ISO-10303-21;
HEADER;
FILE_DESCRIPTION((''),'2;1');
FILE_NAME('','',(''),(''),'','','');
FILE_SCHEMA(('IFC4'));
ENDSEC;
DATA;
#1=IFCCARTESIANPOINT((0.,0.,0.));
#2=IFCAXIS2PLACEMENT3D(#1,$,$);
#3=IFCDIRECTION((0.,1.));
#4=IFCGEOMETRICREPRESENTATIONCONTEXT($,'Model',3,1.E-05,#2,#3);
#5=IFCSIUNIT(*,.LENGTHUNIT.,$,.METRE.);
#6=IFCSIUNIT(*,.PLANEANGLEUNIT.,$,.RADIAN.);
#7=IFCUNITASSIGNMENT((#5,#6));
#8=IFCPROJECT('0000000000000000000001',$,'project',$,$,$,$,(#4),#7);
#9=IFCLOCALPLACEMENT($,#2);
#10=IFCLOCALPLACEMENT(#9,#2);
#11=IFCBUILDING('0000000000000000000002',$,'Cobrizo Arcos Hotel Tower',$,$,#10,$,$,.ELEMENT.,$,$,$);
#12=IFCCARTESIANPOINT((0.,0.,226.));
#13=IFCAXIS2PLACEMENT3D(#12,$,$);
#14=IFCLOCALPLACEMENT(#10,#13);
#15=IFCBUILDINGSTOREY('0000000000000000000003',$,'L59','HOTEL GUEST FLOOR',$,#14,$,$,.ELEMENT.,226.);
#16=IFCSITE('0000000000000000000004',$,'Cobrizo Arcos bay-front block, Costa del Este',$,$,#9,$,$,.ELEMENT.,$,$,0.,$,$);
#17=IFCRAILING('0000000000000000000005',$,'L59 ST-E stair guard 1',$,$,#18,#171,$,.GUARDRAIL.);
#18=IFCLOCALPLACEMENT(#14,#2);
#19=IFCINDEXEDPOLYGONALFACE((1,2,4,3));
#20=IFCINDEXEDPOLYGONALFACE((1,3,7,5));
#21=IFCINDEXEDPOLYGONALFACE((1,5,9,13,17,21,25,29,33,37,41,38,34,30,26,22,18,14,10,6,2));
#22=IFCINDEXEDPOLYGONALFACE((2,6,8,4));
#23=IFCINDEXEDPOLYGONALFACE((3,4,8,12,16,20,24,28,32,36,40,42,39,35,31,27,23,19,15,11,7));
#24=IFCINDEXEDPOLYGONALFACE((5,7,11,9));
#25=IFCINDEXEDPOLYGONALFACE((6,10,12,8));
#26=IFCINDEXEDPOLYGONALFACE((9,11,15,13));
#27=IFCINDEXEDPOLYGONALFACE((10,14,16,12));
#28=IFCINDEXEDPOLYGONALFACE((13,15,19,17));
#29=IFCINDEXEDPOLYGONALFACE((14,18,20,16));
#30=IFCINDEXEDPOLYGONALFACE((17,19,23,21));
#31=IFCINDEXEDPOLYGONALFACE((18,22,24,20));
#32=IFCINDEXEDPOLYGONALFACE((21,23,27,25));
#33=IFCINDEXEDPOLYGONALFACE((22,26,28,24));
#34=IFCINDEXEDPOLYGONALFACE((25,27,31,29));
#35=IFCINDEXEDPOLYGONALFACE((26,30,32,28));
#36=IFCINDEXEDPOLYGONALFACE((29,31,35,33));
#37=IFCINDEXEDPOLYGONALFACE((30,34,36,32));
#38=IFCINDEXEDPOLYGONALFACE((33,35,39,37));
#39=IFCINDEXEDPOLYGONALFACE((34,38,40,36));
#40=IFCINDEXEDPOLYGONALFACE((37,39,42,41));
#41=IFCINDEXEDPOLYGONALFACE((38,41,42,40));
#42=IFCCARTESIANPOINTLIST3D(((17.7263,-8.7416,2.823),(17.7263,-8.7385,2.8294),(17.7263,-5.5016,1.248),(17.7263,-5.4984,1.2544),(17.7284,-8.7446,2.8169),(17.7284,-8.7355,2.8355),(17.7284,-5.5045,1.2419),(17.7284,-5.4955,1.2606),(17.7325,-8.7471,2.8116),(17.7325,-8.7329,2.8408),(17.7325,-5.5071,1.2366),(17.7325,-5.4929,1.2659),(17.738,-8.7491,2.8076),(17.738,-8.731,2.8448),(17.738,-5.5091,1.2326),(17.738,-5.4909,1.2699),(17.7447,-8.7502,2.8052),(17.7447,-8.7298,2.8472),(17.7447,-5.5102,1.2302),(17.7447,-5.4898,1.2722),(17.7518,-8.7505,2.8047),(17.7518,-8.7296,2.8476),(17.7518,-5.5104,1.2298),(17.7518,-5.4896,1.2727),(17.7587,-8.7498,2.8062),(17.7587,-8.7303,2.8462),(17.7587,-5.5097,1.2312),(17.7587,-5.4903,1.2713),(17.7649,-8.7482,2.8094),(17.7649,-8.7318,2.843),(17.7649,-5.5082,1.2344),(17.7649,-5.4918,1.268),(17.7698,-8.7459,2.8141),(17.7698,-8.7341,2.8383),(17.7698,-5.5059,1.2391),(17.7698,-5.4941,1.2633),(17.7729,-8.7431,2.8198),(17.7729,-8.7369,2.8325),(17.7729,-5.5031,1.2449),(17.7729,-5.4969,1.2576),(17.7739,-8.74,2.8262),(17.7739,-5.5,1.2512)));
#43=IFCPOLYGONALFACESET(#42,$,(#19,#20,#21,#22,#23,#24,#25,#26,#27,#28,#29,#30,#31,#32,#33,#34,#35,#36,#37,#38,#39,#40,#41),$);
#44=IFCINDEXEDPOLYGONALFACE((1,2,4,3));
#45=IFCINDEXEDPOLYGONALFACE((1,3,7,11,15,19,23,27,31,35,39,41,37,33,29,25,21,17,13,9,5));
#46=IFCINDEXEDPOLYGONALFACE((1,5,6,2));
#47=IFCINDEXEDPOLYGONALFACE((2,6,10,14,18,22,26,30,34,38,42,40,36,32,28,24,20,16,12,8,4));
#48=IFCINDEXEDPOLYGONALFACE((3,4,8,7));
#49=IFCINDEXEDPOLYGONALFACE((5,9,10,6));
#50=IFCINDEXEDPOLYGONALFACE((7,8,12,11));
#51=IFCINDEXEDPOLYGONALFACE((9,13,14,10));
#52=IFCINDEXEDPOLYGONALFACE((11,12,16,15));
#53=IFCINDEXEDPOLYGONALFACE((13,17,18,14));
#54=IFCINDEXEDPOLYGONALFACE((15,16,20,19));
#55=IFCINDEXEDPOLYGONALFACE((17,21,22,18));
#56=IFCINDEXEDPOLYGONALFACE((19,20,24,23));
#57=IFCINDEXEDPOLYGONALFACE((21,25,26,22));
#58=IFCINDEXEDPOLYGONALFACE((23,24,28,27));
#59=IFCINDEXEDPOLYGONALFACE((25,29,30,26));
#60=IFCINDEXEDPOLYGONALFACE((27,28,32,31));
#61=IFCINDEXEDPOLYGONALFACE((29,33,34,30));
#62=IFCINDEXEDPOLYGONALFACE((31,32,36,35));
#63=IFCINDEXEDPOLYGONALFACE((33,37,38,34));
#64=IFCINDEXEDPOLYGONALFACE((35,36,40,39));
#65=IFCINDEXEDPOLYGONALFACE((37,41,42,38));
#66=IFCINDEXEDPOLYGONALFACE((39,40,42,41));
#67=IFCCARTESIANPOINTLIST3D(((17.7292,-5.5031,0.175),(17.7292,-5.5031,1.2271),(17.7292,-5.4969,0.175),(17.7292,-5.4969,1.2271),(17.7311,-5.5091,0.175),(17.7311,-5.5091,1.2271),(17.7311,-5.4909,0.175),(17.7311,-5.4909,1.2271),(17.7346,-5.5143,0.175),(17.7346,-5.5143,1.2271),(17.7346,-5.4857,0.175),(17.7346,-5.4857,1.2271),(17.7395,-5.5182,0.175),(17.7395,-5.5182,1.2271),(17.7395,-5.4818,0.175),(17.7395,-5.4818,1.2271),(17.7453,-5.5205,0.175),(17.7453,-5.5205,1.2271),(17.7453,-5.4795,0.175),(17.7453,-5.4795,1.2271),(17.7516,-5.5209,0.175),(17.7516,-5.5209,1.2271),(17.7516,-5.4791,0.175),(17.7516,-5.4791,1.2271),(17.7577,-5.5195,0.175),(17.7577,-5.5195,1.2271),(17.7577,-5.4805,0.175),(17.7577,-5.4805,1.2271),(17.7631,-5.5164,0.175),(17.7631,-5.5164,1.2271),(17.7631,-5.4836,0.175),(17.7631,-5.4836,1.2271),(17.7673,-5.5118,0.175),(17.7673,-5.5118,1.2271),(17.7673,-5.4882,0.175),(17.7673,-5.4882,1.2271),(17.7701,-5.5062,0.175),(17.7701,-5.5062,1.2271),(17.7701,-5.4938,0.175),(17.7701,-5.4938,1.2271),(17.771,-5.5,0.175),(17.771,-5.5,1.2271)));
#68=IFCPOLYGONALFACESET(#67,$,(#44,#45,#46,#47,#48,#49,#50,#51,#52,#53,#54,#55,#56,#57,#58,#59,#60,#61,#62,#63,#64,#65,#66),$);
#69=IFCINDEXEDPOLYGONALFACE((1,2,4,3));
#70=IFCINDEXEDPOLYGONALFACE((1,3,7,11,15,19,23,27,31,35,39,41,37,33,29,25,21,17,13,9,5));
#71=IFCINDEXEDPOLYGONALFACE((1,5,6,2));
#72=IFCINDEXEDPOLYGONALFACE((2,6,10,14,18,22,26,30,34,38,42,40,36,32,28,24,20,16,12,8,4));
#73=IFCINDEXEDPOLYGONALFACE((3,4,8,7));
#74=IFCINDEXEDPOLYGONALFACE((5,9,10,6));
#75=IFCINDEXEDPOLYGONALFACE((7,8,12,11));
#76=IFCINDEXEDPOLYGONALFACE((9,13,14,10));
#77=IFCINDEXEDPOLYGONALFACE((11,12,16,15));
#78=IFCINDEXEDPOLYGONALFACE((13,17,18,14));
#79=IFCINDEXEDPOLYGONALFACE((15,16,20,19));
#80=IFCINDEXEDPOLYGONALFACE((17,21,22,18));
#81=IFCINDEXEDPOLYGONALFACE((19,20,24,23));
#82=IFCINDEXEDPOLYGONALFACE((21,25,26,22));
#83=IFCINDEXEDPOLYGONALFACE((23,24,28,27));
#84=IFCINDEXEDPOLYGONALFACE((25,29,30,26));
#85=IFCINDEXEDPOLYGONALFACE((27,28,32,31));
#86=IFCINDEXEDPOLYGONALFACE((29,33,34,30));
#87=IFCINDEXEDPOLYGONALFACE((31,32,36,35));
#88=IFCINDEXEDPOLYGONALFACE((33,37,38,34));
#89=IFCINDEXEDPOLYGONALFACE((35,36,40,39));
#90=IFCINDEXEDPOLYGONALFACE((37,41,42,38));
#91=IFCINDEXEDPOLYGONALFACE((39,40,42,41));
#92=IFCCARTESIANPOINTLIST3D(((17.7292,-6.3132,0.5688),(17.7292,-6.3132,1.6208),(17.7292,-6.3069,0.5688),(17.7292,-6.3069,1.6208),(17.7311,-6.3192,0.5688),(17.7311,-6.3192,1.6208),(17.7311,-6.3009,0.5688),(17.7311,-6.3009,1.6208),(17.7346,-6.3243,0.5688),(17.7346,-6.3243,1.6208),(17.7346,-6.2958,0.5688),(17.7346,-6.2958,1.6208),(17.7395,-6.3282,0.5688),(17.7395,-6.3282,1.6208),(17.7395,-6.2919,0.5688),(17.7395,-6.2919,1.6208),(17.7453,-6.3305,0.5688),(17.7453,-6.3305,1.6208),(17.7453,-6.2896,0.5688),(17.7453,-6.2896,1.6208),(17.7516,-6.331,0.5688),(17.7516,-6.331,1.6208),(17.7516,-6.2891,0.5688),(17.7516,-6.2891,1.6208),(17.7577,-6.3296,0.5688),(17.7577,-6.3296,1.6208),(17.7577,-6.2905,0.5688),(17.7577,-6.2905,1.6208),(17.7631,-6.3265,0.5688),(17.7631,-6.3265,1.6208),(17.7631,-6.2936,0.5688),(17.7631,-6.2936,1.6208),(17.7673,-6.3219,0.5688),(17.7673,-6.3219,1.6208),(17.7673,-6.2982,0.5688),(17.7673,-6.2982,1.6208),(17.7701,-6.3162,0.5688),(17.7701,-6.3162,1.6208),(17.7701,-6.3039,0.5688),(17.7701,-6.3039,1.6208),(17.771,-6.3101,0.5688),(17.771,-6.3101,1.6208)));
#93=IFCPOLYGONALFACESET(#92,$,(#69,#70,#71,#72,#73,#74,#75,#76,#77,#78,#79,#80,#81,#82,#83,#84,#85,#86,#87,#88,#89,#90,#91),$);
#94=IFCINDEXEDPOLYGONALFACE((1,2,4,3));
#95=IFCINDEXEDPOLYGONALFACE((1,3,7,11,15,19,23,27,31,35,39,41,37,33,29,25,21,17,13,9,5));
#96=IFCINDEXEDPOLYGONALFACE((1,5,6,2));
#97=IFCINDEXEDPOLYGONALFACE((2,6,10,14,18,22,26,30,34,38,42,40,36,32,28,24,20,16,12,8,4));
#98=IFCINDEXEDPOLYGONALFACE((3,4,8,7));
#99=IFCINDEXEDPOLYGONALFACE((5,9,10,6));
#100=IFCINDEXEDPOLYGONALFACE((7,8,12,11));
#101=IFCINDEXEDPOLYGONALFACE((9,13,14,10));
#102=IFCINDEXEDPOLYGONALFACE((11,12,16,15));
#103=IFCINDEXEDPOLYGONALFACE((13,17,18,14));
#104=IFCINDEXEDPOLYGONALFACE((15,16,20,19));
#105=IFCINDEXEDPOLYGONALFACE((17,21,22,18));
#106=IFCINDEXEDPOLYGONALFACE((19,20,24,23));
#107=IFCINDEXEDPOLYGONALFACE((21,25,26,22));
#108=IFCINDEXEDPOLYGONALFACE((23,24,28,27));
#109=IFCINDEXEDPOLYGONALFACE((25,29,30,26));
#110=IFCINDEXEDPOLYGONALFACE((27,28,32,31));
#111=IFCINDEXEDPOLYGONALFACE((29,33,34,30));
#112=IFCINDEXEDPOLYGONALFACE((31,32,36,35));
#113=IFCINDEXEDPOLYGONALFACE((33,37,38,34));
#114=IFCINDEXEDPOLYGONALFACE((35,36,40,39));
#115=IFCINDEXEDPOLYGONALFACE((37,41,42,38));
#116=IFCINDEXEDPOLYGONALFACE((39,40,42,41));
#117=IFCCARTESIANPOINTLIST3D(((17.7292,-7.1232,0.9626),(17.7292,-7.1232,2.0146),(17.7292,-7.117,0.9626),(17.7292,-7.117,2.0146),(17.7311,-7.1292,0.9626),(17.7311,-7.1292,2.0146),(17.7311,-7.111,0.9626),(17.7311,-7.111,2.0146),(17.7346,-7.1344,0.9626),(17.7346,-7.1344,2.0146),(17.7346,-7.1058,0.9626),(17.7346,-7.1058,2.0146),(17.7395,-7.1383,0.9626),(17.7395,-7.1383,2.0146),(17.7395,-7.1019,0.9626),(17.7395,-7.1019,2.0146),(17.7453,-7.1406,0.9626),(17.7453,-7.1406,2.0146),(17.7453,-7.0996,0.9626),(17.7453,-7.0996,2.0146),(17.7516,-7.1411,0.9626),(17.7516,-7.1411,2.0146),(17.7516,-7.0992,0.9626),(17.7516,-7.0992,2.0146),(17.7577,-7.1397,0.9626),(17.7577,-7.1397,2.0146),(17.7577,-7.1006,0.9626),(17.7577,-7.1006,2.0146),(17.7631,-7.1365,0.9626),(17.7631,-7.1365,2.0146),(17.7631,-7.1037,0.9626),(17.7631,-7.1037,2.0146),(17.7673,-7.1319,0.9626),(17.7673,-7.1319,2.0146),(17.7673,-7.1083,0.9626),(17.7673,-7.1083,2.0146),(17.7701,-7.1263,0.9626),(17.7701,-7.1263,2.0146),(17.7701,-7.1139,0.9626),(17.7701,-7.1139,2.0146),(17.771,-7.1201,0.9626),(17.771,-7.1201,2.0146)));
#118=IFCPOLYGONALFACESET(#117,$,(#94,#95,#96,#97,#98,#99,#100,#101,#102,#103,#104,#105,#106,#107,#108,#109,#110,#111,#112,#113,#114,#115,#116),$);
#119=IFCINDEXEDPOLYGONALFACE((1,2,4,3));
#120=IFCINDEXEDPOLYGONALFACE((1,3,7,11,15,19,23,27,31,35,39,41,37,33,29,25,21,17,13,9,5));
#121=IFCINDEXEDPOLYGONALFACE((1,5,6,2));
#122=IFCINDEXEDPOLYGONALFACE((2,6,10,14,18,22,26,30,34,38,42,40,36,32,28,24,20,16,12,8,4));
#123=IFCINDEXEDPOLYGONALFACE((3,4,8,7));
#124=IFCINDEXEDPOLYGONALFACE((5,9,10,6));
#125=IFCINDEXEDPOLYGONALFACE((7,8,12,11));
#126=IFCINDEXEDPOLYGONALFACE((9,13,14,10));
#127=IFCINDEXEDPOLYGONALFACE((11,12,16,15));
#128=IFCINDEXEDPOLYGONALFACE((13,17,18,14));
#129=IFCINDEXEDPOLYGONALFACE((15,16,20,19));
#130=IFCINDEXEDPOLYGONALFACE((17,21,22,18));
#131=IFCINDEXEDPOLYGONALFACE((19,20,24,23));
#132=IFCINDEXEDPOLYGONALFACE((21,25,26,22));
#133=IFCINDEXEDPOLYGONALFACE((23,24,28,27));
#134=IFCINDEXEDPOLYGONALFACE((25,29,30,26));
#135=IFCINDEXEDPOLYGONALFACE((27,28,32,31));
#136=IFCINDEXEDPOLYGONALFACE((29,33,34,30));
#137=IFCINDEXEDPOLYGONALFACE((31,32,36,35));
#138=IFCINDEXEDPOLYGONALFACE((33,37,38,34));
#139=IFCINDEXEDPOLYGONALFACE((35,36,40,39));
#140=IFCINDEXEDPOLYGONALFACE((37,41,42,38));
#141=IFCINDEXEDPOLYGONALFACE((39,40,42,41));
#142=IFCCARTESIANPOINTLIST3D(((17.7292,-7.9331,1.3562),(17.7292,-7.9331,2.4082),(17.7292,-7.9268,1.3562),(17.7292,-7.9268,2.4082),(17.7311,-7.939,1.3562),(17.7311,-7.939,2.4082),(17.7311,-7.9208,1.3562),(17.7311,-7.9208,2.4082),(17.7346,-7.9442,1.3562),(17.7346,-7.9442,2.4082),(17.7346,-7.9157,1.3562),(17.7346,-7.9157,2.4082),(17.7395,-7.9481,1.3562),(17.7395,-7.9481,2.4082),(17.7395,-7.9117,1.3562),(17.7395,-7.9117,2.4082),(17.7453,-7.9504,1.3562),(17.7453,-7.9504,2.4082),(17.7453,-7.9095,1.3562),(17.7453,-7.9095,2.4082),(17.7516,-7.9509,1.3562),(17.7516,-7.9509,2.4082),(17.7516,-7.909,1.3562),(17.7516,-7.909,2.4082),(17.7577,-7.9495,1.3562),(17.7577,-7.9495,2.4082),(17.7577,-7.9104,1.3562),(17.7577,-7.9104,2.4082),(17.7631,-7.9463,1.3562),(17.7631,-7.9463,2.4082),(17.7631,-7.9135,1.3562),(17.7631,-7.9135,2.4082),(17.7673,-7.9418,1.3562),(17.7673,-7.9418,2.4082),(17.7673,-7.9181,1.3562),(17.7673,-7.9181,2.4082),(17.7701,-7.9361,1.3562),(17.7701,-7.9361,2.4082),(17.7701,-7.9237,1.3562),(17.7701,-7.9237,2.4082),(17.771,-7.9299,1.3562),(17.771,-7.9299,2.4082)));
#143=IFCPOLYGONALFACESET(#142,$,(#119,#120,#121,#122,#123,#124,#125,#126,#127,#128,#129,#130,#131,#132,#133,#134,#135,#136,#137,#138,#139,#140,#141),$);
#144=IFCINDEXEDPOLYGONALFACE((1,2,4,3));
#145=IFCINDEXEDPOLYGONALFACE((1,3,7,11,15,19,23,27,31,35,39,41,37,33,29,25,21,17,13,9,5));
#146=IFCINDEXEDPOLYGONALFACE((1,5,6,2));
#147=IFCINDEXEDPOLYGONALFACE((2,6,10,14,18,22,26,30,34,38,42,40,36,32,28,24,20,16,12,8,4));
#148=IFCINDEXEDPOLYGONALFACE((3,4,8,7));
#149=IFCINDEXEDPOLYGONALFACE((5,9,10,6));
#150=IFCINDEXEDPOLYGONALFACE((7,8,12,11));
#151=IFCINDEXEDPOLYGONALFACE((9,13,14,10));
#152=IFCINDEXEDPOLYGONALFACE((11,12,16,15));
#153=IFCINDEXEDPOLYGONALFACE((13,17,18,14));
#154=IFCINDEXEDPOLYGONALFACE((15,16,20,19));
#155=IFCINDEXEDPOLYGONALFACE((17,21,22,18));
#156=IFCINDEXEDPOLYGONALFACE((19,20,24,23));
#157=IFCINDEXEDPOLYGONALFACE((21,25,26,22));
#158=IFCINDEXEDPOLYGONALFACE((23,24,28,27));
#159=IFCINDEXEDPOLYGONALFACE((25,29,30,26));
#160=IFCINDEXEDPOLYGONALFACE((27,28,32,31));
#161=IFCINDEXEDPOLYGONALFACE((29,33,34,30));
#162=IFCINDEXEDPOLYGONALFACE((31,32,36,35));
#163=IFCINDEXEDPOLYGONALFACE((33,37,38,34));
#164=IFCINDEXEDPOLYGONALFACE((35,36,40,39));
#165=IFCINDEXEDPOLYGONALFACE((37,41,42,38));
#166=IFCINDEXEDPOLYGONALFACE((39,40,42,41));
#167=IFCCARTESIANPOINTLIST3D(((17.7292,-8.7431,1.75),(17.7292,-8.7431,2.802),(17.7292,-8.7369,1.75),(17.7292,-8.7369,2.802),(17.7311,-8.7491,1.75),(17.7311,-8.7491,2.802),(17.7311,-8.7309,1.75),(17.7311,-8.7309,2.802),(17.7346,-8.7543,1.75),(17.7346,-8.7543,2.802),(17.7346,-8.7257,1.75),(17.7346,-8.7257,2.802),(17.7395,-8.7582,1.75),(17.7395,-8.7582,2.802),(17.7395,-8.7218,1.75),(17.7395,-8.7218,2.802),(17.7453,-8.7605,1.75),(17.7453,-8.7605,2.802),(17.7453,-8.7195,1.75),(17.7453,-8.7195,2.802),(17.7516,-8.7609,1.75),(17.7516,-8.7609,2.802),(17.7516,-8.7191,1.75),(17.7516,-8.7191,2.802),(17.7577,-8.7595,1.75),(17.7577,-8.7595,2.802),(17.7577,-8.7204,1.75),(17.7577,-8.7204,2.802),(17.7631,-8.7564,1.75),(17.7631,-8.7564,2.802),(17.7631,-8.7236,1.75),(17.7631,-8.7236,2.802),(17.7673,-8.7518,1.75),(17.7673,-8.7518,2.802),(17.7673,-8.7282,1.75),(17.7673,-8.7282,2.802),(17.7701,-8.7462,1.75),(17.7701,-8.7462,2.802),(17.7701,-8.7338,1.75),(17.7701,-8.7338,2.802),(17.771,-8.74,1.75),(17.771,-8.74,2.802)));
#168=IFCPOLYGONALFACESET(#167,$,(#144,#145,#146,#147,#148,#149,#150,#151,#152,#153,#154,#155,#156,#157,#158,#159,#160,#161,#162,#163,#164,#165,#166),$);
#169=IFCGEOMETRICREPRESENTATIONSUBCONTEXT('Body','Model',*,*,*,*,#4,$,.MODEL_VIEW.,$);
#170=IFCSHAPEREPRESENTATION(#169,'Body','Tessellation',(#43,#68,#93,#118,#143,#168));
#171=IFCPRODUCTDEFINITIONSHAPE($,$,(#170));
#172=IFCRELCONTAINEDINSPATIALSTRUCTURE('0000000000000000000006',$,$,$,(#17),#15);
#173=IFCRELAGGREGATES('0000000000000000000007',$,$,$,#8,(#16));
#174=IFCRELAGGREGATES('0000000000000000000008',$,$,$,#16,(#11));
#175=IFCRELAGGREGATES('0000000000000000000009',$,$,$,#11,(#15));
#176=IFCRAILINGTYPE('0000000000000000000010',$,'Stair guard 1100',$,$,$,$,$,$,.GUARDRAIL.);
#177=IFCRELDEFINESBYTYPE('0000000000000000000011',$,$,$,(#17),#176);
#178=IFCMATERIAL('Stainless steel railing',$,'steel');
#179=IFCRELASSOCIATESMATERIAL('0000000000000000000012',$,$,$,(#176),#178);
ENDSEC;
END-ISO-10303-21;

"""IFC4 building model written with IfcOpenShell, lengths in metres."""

from ifc_helpers import new_model, si_unit, direction, frame, origin, origin_2d, place, context, subcontext, project, spatial, circle, extrude, material, type_object, element, save


model = new_model("IFC4")

# Units and contexts
model_context = context("Model", 3, precision=1e-05, world=origin(), true_north=direction((0.0, 1.0)))
body_context = subcontext(model_context, "Body", "Model", "MODEL_VIEW")
ifc_project = project(units=[si_unit("LENGTHUNIT", "METRE"), si_unit("PLANEANGLEUNIT", "RADIAN")], contexts=[model_context])

# Site, building, storey
site_placement = place(None, origin())
site = spatial("IfcSite", under=ifc_project, at=site_placement, Name="Cobrizo Arcos bay-front block, Costa del Este", CompositionType="ELEMENT", RefElevation=0.0)
building_placement = place(site_placement, origin())
building = spatial("IfcBuilding", under=site, at=building_placement, Name="Cobrizo Arcos Hotel Tower", CompositionType="ELEMENT")
storey_placement = place(building_placement, frame((0.0, 0.0, 226.0)))
storey = spatial("IfcBuildingStorey", under=building, at=storey_placement, Name="L59", Description="HOTEL GUEST FLOOR", CompositionType="ELEMENT", Elevation=226.0)

# Railing
ifc_material_1 = material(Name="Stainless steel railing", Category="steel")
railing_type_1 = type_object("IfcRailingType", Name="Stair guard 1100", PredefinedType="GUARDRAIL", material=ifc_material_1)
railing_1_placement = place(storey_placement, frame((17.75, -5.5, 0.175)))
element("IfcRailing", 1, at=railing_1_placement, inside=storey, type_object=railing_type_1, Name="L59 ST-E stair guard 1", PredefinedType="GUARDRAIL", context=body_context, shape_type="SweptSolid", body=[
    extrude(circle(Radius=0.0239, at=origin_2d()), frame((0.0, 0.0, 1.0762), z_axis=(0.0, -0.899373, 0.437183), x_axis=(1.0, 0.0, 0.0)), (0.0, 0.0, 1.0), 3.6025),
    extrude(circle(Radius=0.021, at=origin_2d()), origin(), (0.0, 0.0, 1.0), 1.052),
    extrude(circle(Radius=0.021, at=origin_2d()), frame((0.0, -0.8101, 0.3938)), (0.0, 0.0, 1.0), 1.052),
    extrude(circle(Radius=0.021, at=origin_2d()), frame((0.0, -1.6201, 0.7876)), (0.0, 0.0, 1.0), 1.052),
    extrude(circle(Radius=0.021, at=origin_2d()), frame((0.0, -2.4299, 1.1812)), (0.0, 0.0, 1.0), 1.052),
    extrude(circle(Radius=0.021, at=origin_2d()), frame((0.0, -3.24, 1.575)), (0.0, 0.0, 1.0), 1.052),
])

save(model, "model.ifc")
